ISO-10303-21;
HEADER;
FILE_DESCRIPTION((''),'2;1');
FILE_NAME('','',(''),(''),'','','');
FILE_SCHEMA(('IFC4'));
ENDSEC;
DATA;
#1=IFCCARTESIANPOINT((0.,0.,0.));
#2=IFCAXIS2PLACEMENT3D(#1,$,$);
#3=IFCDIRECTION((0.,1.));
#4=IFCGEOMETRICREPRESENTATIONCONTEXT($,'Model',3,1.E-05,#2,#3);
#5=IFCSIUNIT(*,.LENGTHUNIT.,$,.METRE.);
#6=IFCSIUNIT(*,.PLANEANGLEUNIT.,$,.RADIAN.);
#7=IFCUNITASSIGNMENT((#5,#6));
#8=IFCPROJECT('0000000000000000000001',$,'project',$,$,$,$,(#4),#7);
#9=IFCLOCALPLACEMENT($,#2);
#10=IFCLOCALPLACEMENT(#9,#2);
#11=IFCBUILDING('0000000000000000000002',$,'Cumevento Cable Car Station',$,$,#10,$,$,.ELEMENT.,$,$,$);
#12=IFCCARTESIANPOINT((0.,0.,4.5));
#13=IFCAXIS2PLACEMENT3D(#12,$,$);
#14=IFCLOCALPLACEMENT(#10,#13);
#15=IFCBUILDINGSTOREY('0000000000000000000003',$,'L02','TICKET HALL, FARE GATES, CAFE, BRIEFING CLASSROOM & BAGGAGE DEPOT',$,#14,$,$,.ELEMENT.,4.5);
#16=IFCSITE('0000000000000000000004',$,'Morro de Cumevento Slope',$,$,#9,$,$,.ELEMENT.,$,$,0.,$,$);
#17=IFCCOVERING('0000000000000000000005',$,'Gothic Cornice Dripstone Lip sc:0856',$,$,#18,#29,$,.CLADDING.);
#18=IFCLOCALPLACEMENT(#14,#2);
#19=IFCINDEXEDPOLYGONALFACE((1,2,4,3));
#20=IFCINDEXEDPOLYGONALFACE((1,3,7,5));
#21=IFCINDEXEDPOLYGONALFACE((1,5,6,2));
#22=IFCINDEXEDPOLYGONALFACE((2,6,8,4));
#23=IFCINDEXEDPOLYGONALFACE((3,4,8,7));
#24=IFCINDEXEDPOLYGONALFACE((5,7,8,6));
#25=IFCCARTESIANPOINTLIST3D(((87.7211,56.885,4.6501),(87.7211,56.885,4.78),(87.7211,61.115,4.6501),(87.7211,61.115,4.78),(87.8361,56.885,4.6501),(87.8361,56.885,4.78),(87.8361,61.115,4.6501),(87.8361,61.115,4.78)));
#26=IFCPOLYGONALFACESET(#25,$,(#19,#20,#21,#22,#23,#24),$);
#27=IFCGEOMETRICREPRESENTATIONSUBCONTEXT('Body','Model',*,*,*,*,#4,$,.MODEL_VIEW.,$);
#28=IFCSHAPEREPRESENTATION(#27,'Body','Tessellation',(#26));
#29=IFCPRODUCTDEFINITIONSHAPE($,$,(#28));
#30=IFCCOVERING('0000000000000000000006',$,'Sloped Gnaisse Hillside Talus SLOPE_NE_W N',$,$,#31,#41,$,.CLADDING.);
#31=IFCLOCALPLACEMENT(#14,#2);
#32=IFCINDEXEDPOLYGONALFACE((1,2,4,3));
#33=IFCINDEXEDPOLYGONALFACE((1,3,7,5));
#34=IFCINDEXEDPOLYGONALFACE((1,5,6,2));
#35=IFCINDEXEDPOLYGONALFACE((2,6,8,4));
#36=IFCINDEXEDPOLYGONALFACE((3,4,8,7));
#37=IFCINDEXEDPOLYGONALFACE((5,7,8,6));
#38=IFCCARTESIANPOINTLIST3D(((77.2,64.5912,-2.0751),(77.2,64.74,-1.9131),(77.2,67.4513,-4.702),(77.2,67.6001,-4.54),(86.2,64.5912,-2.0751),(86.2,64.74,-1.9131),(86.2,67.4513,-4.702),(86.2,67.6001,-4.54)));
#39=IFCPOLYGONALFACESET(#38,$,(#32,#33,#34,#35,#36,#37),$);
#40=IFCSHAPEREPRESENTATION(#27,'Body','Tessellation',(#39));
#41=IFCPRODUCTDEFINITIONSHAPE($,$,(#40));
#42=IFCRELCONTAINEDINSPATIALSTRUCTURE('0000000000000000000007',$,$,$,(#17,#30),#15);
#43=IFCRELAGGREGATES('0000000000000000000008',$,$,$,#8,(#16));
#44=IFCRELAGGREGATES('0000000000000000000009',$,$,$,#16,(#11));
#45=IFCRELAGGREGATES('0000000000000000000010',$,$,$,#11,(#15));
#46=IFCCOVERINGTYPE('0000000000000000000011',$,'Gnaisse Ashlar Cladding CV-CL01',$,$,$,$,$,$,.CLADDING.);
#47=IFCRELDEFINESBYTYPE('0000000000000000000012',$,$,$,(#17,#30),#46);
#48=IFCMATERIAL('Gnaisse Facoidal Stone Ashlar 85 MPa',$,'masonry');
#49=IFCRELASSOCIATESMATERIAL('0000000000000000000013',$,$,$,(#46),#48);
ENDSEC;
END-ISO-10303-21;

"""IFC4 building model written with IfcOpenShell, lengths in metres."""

from ifc_helpers import new_model, si_unit, direction, frame, origin, origin_2d, place, context, subcontext, project, spatial, polyline, rectangle, outline, extrude, material, type_object, element, save


model = new_model("IFC4")

# Units and contexts
model_context = context("Model", 3, precision=1e-05, world=origin(), true_north=direction((0.0, 1.0)))
body_context = subcontext(model_context, "Body", "Model", "MODEL_VIEW")
ifc_project = project(units=[si_unit("LENGTHUNIT", "METRE"), si_unit("PLANEANGLEUNIT", "RADIAN")], contexts=[model_context])

# Site, building, storey
site_placement = place(None, origin())
site = spatial("IfcSite", under=ifc_project, at=site_placement, Name="Morro de Cumevento Slope", CompositionType="ELEMENT", RefElevation=0.0)
building_placement = place(site_placement, origin())
building = spatial("IfcBuilding", under=site, at=building_placement, Name="Cumevento Cable Car Station", CompositionType="ELEMENT")
storey_placement = place(building_placement, frame((0.0, 0.0, 4.5)))
storey = spatial("IfcBuildingStorey", under=building, at=storey_placement, Name="L02", Description="TICKET HALL, FARE GATES, CAFE, BRIEFING CLASSROOM & BAGGAGE DEPOT", CompositionType="ELEMENT", Elevation=4.5)

# Coverings
ifc_material_1 = material(Name="Gnaisse Facoidal Stone Ashlar 85 MPa", Category="masonry")
covering_type = type_object("IfcCoveringType", Name="Gnaisse Ashlar Cladding CV-CL01", PredefinedType="CLADDING", material=ifc_material_1)
covering_1_placement = place(storey_placement, frame((87.7786, 59.0, 4.6501), z_axis=(0.0, 0.0, 1.0), x_axis=(0.0, 1.0, 0.0)))
element("IfcCovering", 1, at=covering_1_placement, inside=storey, type_object=covering_type, Name="Gothic Cornice Dripstone Lip sc:0856", PredefinedType="CLADDING", context=body_context, shape_type="SweptSolid", body=[
    extrude(rectangle(XDim=4.23, YDim=0.115, at=origin_2d()), origin(), (0.0, 0.0, 1.0), 0.1299),
])
covering_2_placement = place(storey_placement, frame((86.2, 67.6001, -4.54), z_axis=(0.0, 0.67645, 0.736488), x_axis=(-1.0, 0.0, 0.0)))
element("IfcCovering", 2, at=covering_2_placement, inside=storey, type_object=covering_type, Name="Sloped Gnaisse Hillside Talus SLOPE_NE_W N", PredefinedType="CLADDING", context=body_context, shape_type="SweptSolid", body=[
    extrude(outline(polyline([(0.0, 0.0), (9.0, 0.0), (9.0, 3.8834), (0.0, 3.8834), (0.0, 0.0)])), origin(), (0.0, 0.0, -1.0), 0.22),
])

save(model, "model.ifc")
